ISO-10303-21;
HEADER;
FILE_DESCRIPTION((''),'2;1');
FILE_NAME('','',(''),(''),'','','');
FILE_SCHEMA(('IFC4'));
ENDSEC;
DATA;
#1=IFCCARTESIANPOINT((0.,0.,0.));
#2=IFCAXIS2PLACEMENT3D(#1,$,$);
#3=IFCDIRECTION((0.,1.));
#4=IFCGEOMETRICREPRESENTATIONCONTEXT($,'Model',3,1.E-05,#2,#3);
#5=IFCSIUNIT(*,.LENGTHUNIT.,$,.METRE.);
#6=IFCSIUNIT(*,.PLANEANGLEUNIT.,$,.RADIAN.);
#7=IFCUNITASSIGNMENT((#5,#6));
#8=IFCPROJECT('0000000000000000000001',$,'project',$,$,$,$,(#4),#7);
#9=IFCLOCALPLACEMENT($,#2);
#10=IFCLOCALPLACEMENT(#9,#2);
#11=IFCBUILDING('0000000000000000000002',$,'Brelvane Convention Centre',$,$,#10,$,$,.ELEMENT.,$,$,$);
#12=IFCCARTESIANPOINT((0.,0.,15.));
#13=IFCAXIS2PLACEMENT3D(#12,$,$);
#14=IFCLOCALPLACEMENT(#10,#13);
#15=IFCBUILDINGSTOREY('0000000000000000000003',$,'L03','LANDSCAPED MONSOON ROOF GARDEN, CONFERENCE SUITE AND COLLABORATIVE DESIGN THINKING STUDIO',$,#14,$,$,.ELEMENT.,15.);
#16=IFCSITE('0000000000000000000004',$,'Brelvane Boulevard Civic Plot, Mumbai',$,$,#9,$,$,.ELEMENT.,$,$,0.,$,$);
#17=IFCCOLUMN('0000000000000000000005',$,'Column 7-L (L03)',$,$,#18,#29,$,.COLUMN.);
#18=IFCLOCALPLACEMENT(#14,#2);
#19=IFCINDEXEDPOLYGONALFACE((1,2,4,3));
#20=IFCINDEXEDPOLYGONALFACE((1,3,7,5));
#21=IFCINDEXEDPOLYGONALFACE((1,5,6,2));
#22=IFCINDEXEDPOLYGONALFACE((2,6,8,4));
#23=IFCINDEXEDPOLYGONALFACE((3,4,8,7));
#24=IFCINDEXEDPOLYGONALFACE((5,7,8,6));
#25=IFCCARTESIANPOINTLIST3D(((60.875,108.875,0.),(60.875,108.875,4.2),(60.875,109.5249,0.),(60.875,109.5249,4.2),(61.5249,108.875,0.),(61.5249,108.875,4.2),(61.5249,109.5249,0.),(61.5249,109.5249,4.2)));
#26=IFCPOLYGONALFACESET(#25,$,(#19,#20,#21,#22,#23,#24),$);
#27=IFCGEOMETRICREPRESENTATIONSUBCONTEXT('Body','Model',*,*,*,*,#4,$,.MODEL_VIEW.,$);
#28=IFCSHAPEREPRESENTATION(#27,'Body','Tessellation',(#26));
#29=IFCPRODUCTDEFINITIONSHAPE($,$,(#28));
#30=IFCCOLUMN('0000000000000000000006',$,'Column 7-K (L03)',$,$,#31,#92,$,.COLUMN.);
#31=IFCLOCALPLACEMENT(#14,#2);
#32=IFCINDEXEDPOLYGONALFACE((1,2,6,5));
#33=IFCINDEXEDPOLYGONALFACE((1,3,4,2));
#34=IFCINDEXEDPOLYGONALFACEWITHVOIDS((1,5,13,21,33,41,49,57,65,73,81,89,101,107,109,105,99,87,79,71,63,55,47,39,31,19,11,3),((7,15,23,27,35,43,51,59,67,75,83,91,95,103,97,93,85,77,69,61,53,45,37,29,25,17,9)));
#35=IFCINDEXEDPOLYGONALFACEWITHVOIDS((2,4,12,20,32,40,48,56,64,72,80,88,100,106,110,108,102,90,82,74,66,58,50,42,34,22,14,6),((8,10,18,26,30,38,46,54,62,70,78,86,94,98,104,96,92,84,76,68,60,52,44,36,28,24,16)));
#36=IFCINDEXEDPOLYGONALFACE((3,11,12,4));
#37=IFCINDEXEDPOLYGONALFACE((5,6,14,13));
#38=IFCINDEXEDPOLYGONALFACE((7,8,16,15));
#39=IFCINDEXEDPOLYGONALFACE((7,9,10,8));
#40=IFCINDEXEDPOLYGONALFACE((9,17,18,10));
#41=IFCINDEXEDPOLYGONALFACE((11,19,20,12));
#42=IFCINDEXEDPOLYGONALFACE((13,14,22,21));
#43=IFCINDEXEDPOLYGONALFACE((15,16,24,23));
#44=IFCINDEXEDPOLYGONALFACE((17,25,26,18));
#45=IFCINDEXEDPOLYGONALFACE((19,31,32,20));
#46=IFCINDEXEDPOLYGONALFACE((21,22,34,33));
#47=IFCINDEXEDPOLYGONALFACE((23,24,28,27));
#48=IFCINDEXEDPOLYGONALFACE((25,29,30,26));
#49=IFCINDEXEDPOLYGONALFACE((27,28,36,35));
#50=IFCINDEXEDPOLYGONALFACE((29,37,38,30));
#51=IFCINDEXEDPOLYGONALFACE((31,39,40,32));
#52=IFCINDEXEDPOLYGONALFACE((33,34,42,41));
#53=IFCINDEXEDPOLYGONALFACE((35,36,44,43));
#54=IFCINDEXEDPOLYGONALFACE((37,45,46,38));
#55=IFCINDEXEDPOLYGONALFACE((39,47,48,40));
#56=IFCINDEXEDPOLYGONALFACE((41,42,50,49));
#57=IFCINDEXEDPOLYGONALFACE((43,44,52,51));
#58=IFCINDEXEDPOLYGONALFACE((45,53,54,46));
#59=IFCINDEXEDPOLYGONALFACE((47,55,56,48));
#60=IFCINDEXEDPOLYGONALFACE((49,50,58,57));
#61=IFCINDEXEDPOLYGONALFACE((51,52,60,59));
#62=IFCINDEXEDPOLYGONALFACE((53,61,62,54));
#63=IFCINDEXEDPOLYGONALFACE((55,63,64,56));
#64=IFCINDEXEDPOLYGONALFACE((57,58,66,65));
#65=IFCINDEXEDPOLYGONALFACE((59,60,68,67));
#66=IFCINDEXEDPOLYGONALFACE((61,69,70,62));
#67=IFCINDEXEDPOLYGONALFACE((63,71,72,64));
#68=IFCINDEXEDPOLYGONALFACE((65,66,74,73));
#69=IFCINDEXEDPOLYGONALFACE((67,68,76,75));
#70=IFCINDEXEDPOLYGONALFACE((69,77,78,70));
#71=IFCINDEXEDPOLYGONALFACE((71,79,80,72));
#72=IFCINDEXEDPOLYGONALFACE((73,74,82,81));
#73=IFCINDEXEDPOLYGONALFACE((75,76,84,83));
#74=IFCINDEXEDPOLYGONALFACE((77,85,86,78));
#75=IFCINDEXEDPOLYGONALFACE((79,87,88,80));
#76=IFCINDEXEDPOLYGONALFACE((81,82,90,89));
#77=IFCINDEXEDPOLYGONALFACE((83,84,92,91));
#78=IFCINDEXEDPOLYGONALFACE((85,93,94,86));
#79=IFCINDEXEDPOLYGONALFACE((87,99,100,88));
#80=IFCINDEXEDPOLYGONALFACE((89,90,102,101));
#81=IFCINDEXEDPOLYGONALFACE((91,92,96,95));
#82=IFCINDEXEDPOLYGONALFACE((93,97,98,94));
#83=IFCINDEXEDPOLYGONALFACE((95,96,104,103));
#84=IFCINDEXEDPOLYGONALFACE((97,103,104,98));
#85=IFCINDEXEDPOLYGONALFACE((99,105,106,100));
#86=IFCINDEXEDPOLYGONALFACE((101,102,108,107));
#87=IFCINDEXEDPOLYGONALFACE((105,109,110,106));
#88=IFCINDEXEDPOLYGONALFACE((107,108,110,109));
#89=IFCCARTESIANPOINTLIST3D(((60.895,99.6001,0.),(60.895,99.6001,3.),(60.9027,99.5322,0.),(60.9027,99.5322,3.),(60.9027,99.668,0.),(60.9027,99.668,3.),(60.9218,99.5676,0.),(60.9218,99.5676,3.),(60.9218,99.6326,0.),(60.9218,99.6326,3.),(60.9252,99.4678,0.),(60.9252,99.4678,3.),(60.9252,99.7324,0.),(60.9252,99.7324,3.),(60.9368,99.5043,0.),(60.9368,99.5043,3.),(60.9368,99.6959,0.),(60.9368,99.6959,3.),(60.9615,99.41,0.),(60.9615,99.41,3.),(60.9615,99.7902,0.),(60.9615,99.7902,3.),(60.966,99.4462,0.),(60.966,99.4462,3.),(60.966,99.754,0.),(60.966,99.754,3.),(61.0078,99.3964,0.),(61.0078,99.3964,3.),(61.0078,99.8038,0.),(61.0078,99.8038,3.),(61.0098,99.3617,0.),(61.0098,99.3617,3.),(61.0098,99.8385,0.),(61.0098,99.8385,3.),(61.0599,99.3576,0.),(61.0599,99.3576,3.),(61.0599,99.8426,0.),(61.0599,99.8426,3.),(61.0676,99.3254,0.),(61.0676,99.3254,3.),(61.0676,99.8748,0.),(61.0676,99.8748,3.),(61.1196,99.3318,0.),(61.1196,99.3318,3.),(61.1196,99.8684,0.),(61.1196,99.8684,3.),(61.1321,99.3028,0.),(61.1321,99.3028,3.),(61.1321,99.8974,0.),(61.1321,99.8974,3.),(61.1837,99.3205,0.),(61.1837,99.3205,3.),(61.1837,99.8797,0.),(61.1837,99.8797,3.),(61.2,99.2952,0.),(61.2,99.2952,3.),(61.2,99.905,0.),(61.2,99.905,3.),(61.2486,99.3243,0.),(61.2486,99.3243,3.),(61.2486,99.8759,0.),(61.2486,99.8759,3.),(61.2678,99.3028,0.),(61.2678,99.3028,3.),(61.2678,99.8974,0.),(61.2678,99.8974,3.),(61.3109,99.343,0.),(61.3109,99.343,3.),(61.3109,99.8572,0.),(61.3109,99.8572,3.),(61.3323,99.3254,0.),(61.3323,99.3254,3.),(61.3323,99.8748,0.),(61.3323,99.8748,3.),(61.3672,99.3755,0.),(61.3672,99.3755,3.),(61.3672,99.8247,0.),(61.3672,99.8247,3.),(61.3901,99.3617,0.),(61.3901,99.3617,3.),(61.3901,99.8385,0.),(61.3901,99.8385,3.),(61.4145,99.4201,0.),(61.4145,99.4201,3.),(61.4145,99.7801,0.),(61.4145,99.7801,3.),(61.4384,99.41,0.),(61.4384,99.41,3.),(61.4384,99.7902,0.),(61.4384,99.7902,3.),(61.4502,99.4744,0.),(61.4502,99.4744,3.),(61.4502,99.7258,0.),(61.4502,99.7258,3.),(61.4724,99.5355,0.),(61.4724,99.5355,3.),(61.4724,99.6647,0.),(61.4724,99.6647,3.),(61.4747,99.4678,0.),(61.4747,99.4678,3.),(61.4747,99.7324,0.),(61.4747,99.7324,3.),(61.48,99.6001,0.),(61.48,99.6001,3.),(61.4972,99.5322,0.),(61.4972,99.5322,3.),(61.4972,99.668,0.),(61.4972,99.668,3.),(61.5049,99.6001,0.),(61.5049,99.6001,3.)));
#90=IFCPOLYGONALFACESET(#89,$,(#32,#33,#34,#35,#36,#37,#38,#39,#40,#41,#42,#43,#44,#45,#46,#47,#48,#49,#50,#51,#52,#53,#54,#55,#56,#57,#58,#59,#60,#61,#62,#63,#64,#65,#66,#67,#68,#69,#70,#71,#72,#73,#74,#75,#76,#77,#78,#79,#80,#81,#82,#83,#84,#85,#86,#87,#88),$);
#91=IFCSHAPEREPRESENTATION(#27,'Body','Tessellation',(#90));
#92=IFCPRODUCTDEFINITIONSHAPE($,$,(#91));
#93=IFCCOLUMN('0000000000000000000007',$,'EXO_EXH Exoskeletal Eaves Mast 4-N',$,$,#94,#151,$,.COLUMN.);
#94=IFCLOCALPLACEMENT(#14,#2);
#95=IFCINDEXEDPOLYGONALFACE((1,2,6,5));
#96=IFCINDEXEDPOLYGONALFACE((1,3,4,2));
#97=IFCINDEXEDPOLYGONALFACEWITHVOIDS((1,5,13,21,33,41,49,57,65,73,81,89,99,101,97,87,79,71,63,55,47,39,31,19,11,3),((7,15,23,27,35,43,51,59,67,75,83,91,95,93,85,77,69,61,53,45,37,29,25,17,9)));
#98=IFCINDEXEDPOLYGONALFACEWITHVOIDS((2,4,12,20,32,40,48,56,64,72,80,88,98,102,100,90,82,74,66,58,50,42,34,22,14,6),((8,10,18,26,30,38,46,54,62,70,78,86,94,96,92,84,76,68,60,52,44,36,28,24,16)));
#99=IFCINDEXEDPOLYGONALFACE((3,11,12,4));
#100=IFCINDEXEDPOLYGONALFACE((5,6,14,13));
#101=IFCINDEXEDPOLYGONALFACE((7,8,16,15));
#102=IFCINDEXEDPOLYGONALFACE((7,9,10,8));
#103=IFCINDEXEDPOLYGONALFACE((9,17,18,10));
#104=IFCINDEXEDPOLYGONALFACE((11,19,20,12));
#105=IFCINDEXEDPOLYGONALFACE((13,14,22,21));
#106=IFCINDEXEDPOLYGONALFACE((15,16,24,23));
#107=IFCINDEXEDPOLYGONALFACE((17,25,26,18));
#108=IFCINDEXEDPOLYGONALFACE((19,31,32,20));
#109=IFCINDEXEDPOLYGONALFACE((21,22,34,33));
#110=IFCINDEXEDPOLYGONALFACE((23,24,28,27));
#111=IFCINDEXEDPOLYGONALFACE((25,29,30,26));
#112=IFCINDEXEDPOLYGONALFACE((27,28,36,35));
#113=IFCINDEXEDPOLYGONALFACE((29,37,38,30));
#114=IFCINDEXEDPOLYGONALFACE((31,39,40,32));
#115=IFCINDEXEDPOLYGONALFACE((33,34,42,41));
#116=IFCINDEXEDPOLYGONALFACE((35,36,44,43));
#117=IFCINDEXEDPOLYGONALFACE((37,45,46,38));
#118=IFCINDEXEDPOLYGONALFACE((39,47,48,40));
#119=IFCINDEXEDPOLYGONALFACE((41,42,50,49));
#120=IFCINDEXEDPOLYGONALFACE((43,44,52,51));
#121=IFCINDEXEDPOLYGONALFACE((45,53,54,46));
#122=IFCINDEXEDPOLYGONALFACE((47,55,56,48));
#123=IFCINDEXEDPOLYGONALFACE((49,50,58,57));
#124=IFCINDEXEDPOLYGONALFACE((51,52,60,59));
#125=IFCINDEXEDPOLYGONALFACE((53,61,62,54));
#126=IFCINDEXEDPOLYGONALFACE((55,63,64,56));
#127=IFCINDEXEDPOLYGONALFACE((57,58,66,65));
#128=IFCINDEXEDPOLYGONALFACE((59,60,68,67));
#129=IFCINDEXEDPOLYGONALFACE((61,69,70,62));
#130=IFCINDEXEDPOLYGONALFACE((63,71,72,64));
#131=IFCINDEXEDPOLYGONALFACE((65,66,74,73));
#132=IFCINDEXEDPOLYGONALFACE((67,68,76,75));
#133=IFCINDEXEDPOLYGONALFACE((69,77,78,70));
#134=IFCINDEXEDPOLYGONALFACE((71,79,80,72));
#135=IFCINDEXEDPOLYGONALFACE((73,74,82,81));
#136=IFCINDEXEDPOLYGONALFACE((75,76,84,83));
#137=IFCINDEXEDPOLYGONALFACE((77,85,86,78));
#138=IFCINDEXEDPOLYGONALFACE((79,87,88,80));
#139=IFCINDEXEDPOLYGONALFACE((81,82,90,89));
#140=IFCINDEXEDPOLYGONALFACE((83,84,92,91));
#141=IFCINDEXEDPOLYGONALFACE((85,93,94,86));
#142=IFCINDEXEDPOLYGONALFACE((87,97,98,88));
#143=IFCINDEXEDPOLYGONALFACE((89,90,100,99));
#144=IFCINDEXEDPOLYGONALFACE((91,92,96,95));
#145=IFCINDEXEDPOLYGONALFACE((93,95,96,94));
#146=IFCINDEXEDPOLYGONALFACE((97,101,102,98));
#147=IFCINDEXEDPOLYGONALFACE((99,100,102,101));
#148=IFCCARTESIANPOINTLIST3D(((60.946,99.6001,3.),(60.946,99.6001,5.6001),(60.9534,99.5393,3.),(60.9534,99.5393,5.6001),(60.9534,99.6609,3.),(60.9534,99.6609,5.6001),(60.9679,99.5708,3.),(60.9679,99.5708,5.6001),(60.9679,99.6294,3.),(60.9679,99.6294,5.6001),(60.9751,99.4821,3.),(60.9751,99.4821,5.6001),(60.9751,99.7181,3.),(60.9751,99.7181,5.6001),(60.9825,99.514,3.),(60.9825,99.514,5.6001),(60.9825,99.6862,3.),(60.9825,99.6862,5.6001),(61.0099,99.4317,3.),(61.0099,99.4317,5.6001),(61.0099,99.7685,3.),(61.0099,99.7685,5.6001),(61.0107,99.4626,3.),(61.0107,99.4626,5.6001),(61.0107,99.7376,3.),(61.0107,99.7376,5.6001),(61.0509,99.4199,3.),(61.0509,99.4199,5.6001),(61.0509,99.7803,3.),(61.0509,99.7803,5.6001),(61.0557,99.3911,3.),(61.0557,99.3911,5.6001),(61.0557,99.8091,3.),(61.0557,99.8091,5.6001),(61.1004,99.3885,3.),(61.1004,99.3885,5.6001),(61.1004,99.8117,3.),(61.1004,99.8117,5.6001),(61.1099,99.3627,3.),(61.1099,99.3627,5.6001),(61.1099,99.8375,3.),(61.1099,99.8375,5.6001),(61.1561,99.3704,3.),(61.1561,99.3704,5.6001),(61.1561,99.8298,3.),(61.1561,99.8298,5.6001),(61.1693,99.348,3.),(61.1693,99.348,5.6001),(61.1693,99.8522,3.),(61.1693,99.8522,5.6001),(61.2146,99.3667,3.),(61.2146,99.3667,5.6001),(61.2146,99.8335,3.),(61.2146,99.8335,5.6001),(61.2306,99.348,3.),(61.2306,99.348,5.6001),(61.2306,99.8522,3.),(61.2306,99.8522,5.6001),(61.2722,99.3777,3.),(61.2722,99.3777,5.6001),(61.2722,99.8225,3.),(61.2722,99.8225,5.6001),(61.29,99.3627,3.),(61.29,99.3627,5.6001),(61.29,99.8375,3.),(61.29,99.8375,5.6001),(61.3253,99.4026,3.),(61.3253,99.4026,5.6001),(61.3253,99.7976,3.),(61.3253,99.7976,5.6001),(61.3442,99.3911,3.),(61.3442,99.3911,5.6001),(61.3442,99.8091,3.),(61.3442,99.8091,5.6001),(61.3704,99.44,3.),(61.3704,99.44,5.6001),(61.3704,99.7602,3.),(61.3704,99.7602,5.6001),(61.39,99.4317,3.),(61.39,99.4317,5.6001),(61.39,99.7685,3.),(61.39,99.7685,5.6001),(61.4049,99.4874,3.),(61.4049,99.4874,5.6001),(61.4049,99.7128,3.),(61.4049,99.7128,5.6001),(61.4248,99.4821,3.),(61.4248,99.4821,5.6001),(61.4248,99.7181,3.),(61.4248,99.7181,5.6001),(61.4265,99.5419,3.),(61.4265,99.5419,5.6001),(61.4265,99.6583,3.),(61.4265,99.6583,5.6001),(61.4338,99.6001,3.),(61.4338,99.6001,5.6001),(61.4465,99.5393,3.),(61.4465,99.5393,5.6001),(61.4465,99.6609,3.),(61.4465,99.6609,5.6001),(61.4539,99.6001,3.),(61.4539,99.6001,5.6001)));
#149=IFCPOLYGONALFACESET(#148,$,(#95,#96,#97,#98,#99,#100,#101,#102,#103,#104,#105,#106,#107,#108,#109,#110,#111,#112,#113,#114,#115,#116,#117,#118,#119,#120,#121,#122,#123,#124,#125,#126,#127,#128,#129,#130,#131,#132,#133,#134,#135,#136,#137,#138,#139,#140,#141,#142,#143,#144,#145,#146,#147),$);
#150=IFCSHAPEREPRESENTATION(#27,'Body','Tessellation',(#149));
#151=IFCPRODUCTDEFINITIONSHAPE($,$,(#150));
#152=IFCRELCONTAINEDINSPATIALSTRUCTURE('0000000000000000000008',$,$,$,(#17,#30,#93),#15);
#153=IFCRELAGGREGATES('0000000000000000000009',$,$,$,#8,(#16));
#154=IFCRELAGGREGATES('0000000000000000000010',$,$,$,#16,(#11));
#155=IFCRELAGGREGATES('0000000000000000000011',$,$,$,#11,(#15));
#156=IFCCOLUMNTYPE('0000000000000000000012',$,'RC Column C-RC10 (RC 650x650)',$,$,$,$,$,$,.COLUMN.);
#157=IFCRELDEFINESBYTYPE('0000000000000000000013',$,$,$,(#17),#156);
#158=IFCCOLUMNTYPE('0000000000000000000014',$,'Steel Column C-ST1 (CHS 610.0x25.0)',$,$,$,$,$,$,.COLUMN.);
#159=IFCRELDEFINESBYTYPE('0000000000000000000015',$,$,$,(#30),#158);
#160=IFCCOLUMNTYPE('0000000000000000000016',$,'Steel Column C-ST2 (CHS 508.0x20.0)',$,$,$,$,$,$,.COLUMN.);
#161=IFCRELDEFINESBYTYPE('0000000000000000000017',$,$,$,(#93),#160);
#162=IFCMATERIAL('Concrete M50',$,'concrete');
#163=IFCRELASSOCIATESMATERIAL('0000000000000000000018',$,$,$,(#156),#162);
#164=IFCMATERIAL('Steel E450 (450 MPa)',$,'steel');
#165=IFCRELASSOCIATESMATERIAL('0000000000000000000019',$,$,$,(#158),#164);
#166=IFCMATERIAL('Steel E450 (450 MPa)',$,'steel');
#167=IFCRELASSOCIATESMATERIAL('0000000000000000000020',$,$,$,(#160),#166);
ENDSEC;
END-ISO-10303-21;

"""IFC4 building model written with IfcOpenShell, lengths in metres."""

from ifc_helpers import new_model, si_unit, direction, frame, origin, origin_2d, place, context, subcontext, project, spatial, rectangle, hollow_circle, extrude, material, material_profile, profile_set, type_object, element, save


model = new_model("IFC4")

# Units and contexts
model_context = context("Model", 3, precision=1e-05, world=origin(), true_north=direction((0.0, 1.0)))
body_context = subcontext(model_context, "Body", "Model", "MODEL_VIEW")
ifc_project = project(units=[si_unit("LENGTHUNIT", "METRE"), si_unit("PLANEANGLEUNIT", "RADIAN")], contexts=[model_context])

# Site, building, storey
site_placement = place(None, origin())
site = spatial("IfcSite", under=ifc_project, at=site_placement, Name="Brelvane Boulevard Civic Plot, Mumbai", CompositionType="ELEMENT", RefElevation=0.0)
building_placement = place(site_placement, origin())
building = spatial("IfcBuilding", under=site, at=building_placement, Name="Brelvane Convention Centre", CompositionType="ELEMENT")
storey_placement = place(building_placement, frame((0.0, 0.0, 15.0)))
storey = spatial("IfcBuildingStorey", under=building, at=storey_placement, Name="L03", Description="LANDSCAPED MONSOON ROOF GARDEN, CONFERENCE SUITE AND COLLABORATIVE DESIGN THINKING STUDIO", CompositionType="ELEMENT", Elevation=15.0)

# Columns
ifc_material_1 = material(Name="Concrete M50", Category="concrete")
ifc_material_profile_1 = material_profile(ifc_material_1, rectangle(XDim=0.6499, YDim=0.6499, at=origin_2d()), Name="RC 650x650")
ifc_profile_set_1 = profile_set([ifc_material_profile_1], Name="Concrete M50")
column_type_1 = type_object("IfcColumnType", Name="RC Column C-RC10 (RC 650x650)", PredefinedType="COLUMN", material=ifc_profile_set_1)
column_1_placement = place(storey_placement, frame((61.2, 109.2, 0.0), z_axis=(0.0, 0.0, 1.0), x_axis=(1.0, 0.0, 0.0)))
element("IfcColumn", 1, at=column_1_placement, inside=storey, type_object=column_type_1, Name="Column 7-L (L03)", PredefinedType="COLUMN", context=body_context, shape_type="SweptSolid", body=[
    extrude(rectangle(XDim=0.6499, YDim=0.6499, at=origin_2d()), origin(), (0.0, 0.0, 1.0), 4.2),
])
ifc_material_2 = material(Name="Steel E450 (450 MPa)", Category="steel")
ifc_material_profile_2 = material_profile(ifc_material_2, hollow_circle(Radius=0.3049, WallThickness=0.0249, at=origin_2d()), Name="CHS 610.0x25.0")
ifc_profile_set_2 = profile_set([ifc_material_profile_2], Name="Steel E450 (450 MPa)")
column_type_2 = type_object("IfcColumnType", Name="Steel Column C-ST1 (CHS 610.0x25.0)", PredefinedType="COLUMN", material=ifc_profile_set_2)
column_2_placement = place(storey_placement, frame((61.2, 99.6001, 0.0), z_axis=(0.0, 0.0, 1.0), x_axis=(1.0, 0.0, 0.0)))
element("IfcColumn", 2, at=column_2_placement, inside=storey, type_object=column_type_2, Name="Column 7-K (L03)", PredefinedType="COLUMN", context=body_context, shape_type="SweptSolid", body=[
    extrude(hollow_circle(Radius=0.3049, WallThickness=0.0249, at=origin_2d()), origin(), (0.0, 0.0, 1.0), 3.0),
])
ifc_material_3 = material(Name="Steel E450 (450 MPa)", Category="steel")
ifc_material_profile_3 = material_profile(ifc_material_3, hollow_circle(Radius=0.2539, WallThickness=0.02, at=origin_2d()), Name="CHS 508.0x20.0")
ifc_profile_set_3 = profile_set([ifc_material_profile_3], Name="Steel E450 (450 MPa)")
column_type_3 = type_object("IfcColumnType", Name="Steel Column C-ST2 (CHS 508.0x20.0)", PredefinedType="COLUMN", material=ifc_profile_set_3)
column_3_placement = place(storey_placement, frame((61.2, 99.6001, 3.0), z_axis=(0.0, 0.0, 1.0), x_axis=(1.0, 0.0, 0.0)))
element("IfcColumn", 3, at=column_3_placement, inside=storey, type_object=column_type_3, Name="EXO_EXH Exoskeletal Eaves Mast 4-N", PredefinedType="COLUMN", context=body_context, shape_type="SweptSolid", body=[
    extrude(hollow_circle(Radius=0.2539, WallThickness=0.02, at=origin_2d()), origin(), (0.0, 0.0, 1.0), 2.6001),
])

save(model, "model.ifc")
